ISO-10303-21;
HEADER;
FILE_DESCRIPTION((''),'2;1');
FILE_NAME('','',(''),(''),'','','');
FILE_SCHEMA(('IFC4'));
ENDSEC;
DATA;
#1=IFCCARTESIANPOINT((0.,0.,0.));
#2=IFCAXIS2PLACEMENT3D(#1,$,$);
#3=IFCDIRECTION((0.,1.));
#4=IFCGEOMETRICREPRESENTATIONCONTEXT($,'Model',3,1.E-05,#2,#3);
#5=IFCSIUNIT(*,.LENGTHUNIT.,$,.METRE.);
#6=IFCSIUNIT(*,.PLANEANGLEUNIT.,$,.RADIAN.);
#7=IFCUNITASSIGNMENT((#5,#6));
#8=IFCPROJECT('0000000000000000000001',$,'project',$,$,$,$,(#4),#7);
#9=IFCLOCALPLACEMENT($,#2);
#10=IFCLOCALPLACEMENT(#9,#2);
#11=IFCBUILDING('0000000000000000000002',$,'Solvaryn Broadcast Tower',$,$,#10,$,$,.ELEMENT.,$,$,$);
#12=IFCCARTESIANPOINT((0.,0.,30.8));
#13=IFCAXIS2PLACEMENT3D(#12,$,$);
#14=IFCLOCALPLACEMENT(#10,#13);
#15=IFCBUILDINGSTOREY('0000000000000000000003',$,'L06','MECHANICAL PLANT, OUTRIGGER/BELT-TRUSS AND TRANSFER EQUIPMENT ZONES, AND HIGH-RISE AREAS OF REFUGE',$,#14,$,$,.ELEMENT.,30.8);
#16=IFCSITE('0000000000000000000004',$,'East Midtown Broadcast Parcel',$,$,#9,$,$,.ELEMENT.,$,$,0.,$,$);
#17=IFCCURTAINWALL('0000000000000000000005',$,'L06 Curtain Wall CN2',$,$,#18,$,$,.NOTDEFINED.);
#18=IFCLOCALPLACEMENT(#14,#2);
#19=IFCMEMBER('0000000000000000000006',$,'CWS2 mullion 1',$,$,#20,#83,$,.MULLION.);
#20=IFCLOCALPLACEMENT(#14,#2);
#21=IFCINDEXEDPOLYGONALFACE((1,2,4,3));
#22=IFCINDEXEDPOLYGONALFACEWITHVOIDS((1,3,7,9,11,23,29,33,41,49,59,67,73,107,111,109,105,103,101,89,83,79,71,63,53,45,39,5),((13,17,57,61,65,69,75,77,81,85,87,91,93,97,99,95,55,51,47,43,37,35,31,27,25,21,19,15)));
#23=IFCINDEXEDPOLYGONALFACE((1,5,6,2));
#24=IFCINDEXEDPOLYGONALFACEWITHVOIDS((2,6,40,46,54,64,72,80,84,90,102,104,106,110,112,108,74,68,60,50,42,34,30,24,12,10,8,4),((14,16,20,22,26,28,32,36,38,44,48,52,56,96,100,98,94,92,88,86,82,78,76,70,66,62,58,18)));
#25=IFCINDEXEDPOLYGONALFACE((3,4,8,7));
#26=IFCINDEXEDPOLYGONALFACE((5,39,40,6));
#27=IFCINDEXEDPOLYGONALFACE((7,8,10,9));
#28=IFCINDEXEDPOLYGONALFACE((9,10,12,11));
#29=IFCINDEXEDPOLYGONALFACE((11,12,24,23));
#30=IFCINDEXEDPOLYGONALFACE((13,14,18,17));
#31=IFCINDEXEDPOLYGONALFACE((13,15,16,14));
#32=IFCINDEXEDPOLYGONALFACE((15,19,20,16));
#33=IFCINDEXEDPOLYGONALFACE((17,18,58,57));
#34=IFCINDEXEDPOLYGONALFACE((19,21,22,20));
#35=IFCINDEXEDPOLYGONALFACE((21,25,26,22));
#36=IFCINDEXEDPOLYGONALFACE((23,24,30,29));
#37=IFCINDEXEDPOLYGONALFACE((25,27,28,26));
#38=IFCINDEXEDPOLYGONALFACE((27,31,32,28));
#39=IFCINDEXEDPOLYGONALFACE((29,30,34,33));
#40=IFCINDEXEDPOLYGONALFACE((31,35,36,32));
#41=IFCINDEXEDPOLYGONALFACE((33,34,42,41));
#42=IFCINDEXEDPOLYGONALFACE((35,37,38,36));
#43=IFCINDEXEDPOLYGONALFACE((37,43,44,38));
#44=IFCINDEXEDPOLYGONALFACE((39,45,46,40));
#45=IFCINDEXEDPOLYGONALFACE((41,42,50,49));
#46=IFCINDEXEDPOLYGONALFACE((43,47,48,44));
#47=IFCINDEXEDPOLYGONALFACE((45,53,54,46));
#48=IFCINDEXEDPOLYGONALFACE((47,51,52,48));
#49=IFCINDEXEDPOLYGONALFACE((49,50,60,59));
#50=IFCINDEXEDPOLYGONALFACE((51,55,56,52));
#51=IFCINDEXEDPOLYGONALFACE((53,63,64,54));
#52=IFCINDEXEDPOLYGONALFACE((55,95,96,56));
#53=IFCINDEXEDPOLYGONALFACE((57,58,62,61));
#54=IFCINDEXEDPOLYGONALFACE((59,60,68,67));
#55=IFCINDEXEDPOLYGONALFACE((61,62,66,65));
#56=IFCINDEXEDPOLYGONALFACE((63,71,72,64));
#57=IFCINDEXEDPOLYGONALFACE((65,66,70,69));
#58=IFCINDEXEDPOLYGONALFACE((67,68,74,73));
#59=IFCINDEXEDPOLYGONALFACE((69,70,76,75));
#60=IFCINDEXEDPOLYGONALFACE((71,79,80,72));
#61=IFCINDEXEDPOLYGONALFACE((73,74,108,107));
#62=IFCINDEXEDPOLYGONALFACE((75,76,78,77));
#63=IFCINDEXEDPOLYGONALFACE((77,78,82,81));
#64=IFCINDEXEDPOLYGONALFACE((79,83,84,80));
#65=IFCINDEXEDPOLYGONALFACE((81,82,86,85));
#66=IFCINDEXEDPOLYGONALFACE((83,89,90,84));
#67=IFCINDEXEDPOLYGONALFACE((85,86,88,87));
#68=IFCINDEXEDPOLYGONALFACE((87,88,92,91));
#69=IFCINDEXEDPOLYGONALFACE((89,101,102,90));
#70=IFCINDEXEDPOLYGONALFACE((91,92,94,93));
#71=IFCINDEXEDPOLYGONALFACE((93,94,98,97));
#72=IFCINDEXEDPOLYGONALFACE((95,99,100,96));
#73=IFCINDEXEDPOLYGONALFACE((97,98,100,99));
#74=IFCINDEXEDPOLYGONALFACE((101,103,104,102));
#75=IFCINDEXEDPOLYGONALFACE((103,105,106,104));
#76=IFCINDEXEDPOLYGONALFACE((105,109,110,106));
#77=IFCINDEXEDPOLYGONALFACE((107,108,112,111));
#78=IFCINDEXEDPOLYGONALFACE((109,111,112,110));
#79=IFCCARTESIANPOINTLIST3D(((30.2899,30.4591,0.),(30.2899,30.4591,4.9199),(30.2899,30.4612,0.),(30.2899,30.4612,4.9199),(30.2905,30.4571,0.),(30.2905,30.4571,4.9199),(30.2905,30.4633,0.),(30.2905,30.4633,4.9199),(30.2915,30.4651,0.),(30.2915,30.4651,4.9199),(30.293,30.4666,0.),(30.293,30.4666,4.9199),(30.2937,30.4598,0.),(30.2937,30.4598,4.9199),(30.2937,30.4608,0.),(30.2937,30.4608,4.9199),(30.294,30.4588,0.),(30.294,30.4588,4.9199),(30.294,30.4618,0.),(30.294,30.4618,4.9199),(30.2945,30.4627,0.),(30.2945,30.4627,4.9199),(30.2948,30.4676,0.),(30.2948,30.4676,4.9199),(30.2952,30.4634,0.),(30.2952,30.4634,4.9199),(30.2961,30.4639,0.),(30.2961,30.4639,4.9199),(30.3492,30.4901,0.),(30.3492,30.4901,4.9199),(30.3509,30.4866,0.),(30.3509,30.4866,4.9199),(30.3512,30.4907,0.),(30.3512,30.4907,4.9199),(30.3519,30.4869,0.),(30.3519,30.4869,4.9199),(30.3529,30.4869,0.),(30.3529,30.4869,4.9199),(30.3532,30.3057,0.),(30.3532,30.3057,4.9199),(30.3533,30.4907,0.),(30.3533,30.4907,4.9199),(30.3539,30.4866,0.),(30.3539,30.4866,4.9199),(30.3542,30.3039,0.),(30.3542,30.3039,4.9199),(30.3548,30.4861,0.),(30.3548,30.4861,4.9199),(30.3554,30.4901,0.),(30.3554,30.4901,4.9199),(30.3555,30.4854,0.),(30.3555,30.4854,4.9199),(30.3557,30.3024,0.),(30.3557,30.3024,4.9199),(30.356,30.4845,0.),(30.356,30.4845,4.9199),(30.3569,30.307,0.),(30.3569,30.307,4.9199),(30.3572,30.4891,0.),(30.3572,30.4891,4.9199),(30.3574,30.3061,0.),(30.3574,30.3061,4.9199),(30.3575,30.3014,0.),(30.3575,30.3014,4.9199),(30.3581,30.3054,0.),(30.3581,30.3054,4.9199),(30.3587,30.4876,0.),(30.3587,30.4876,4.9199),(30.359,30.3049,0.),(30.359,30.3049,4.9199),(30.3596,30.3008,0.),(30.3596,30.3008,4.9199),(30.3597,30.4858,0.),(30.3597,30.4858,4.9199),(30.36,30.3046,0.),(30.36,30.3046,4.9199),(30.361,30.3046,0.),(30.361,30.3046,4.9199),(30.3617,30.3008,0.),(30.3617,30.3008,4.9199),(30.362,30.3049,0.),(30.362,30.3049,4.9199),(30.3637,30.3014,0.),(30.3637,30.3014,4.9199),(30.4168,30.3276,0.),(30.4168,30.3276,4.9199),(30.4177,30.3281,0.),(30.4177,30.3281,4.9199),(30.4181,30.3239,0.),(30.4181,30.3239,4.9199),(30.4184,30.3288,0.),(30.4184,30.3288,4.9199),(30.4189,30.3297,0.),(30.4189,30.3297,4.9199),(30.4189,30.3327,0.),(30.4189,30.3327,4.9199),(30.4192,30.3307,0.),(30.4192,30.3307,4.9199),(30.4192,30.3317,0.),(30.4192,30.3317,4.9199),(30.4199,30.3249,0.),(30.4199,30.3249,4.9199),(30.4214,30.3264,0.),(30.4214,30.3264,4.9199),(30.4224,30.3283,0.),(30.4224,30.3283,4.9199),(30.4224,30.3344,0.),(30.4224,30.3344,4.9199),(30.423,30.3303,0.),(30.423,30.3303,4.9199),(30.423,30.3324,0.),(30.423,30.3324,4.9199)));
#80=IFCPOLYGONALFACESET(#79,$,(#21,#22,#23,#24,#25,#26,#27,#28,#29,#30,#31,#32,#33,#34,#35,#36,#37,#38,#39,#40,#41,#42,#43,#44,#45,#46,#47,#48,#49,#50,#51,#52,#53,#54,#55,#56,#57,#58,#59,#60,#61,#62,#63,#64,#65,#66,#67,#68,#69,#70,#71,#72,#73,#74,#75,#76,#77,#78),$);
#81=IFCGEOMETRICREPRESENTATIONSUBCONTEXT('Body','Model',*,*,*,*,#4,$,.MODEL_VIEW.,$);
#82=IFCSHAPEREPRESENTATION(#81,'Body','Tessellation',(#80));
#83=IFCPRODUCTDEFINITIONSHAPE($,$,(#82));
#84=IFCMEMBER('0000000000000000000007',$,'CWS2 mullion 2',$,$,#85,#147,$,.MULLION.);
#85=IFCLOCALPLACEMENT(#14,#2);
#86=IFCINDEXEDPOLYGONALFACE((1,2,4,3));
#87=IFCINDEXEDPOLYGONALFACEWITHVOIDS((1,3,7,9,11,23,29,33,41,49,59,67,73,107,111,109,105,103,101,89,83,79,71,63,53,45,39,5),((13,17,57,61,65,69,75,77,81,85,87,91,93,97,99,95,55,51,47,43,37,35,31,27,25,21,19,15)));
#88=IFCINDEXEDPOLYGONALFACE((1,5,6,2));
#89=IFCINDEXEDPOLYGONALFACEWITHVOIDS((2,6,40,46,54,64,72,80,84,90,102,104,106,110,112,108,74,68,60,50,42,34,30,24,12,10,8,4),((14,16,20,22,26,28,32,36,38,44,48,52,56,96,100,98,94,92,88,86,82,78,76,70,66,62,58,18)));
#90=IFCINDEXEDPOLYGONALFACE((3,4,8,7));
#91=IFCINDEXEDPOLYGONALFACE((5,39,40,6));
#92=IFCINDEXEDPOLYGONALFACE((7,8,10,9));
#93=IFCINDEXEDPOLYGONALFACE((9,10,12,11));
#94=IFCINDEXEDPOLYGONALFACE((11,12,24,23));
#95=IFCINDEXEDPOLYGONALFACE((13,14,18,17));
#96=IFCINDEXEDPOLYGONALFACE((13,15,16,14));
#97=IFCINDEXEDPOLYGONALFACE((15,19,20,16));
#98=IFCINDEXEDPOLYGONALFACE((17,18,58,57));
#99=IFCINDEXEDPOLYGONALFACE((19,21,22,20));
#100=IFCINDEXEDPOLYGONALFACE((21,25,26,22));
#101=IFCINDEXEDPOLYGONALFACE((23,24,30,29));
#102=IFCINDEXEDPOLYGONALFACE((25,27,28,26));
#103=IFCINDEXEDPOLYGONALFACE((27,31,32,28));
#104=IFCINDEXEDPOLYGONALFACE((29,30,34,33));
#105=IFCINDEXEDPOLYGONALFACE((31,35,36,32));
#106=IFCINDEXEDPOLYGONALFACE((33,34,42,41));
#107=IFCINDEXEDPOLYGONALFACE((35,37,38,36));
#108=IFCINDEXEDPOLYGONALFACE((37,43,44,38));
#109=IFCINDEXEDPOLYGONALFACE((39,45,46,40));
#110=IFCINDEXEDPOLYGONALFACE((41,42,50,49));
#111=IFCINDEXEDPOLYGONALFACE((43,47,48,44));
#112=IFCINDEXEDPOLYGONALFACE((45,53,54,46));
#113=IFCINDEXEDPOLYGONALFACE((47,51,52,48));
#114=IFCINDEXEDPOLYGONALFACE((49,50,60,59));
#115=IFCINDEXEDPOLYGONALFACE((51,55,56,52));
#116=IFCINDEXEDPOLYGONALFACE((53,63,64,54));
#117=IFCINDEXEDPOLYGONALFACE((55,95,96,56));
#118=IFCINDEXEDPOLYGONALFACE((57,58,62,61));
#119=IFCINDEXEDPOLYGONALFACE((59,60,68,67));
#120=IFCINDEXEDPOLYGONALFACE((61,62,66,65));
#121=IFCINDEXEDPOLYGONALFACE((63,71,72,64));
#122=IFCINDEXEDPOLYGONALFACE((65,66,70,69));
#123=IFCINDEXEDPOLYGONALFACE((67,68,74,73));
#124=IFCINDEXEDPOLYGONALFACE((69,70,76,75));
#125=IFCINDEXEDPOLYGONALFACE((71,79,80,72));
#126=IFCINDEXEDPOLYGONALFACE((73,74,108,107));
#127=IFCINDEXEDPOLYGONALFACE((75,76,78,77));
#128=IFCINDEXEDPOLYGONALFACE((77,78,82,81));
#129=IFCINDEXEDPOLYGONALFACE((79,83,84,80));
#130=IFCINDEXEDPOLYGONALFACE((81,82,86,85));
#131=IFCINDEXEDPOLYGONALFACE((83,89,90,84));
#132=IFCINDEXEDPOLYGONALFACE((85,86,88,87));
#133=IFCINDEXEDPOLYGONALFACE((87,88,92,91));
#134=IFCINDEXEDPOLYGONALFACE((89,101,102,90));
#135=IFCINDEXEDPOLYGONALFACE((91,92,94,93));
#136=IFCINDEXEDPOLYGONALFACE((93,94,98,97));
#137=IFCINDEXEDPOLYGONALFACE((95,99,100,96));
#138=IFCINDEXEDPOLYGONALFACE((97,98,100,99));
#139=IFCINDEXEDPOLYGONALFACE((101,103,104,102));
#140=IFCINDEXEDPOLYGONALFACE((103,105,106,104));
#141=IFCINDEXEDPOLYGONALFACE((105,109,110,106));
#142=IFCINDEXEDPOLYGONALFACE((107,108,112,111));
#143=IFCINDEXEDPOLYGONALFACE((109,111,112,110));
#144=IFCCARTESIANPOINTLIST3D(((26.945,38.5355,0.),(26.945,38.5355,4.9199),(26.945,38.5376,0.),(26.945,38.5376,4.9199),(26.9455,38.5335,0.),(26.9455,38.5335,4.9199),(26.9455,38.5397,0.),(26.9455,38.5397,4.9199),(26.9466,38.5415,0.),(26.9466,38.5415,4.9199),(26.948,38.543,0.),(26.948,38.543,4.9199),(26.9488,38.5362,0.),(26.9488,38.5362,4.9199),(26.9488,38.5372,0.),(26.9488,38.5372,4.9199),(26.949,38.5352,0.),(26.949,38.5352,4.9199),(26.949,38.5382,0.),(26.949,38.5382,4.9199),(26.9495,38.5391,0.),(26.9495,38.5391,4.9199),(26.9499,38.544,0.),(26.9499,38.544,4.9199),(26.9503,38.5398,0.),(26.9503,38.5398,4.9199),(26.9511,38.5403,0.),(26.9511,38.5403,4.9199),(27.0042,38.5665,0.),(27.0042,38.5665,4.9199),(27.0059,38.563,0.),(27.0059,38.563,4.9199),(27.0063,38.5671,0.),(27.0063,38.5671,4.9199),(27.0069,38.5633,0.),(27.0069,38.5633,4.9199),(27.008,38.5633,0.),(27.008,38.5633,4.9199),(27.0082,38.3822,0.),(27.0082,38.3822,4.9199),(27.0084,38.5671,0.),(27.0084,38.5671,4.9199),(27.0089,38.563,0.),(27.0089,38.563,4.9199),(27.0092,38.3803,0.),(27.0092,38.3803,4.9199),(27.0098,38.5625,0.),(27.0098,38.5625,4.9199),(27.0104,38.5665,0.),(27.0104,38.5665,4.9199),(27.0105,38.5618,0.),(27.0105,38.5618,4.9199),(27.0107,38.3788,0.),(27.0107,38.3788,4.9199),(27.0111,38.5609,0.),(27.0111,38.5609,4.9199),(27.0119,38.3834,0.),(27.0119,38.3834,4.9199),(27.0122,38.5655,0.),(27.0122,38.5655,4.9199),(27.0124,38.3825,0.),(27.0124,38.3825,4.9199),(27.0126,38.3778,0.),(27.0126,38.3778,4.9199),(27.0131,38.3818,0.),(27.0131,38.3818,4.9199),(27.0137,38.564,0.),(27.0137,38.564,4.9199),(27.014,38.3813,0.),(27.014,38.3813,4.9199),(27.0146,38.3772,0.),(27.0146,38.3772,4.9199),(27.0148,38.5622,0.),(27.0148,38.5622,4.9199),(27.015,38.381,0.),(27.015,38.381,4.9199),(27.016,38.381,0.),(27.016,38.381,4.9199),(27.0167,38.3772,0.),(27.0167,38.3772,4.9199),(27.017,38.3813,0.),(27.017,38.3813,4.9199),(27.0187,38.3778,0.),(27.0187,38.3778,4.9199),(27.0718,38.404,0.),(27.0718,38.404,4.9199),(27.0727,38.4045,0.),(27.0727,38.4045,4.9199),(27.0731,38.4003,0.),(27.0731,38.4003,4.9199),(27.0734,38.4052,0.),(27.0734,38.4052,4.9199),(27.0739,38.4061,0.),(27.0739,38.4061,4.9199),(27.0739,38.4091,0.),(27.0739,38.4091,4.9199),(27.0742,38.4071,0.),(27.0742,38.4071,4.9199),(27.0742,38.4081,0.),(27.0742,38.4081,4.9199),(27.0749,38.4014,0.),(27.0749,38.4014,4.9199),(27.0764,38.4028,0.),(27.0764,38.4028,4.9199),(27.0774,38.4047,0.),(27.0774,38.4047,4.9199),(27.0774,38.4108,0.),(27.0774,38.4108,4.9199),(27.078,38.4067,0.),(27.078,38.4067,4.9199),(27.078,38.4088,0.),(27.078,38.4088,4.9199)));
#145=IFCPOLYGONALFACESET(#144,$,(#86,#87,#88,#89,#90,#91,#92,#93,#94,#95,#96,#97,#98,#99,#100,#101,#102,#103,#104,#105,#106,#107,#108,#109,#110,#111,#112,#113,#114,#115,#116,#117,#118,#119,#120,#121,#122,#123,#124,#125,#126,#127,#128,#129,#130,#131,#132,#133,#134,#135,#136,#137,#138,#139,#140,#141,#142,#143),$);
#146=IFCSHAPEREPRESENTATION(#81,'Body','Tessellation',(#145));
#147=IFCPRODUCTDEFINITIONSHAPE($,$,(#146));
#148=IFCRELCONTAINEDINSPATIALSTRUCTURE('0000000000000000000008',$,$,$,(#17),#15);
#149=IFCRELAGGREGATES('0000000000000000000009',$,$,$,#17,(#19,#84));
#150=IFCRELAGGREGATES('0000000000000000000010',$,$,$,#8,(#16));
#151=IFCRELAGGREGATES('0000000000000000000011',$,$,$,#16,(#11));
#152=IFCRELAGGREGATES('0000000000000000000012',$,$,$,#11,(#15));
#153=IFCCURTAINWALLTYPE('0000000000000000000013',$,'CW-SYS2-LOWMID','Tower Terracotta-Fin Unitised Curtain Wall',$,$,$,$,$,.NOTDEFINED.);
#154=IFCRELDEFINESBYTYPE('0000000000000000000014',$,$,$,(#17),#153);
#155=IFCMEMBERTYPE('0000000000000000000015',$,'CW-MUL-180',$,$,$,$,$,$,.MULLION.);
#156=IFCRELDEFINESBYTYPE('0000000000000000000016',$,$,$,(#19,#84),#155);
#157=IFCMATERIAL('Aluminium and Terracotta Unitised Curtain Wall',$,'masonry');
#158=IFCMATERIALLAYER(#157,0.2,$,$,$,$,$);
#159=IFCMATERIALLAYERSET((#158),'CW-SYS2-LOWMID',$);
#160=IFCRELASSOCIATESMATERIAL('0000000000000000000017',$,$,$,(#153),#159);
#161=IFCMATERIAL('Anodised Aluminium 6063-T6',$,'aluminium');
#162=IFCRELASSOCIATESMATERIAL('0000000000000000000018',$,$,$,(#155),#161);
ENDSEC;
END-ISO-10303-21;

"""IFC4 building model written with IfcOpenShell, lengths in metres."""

from ifc_helpers import new_model, si_unit, direction, frame, origin, origin_2d, place, context, subcontext, project, spatial, hollow_rectangle, extrude, material, layer, layer_set, material_profile, profile_set, type_object, element, aggregate, save


model = new_model("IFC4")

# Units and contexts
model_context = context("Model", 3, precision=1e-05, world=origin(), true_north=direction((0.0, 1.0)))
body_context = subcontext(model_context, "Body", "Model", "MODEL_VIEW")
ifc_project = project(units=[si_unit("LENGTHUNIT", "METRE"), si_unit("PLANEANGLEUNIT", "RADIAN")], contexts=[model_context])

# Site, building, storey
site_placement = place(None, origin())
site = spatial("IfcSite", under=ifc_project, at=site_placement, Name="East Midtown Broadcast Parcel", CompositionType="ELEMENT", RefElevation=0.0)
building_placement = place(site_placement, origin())
building = spatial("IfcBuilding", under=site, at=building_placement, Name="Solvaryn Broadcast Tower", CompositionType="ELEMENT")
storey_placement = place(building_placement, frame((0.0, 0.0, 30.8)))
storey = spatial("IfcBuildingStorey", under=building, at=storey_placement, Name="L06", Description="MECHANICAL PLANT, OUTRIGGER/BELT-TRUSS AND TRANSFER EQUIPMENT ZONES, AND HIGH-RISE AREAS OF REFUGE", CompositionType="ELEMENT", Elevation=30.8)

# Curtain wall, members
ifc_material_1 = material(Name="Aluminium and Terracotta Unitised Curtain Wall", Category="masonry")
ifc_layer_1 = layer(ifc_material_1, 0.2)
ifc_layer_set_1 = layer_set([ifc_layer_1], Name="CW-SYS2-LOWMID")
curtain_wall_type = type_object("IfcCurtainWallType", Name="CW-SYS2-LOWMID", Description="Tower Terracotta-Fin Unitised Curtain Wall", PredefinedType="NOTDEFINED", material=ifc_layer_set_1)
ifc_material_2 = material(Name="Anodised Aluminium 6063-T6", Category="aluminium")
ifc_material_profile_1 = material_profile(ifc_material_2, hollow_rectangle(XDim=0.075, YDim=0.1799, WallThickness=0.0039, InnerFilletRadius=0.0039, OuterFilletRadius=0.0081, at=origin_2d()))
ifc_profile_set_1 = profile_set([ifc_material_profile_1], Name="Anodised Aluminium 6063-T6")
member_type_1 = type_object("IfcMemberType", Name="CW-MUL-180", PredefinedType="MULLION", material=ifc_profile_set_1)
curtain_wall_1_placement = place(storey_placement, origin())
curtain_wall_1 = element("IfcCurtainWall", 1, at=curtain_wall_1_placement, inside=storey, type_object=curtain_wall_type, Name="L06 Curtain Wall CN2", PredefinedType="NOTDEFINED")
member_1_placement = place(storey_placement, frame((30.3564, 30.3958, 0.0), z_axis=(0.0, 0.0, 1.0), x_axis=(-0.923895, -0.382646, 0.0)))
member_1 = element("IfcMember", 2, at=member_1_placement, type_object=member_type_1, Name="CWS2 mullion 1", PredefinedType="MULLION", context=body_context, shape_type="SweptSolid", body=[
    extrude(hollow_rectangle(XDim=0.075, YDim=0.1799, WallThickness=0.0039, InnerFilletRadius=0.0039, OuterFilletRadius=0.0081, at=origin_2d()), origin(), (0.0, 0.0, 1.0), 4.9199),
])
member_2_placement = place(storey_placement, frame((27.0115, 38.4722, 0.0), z_axis=(0.0, 0.0, 1.0), x_axis=(-0.923895, -0.382646, 0.0)))
member_2 = element("IfcMember", 3, at=member_2_placement, type_object=member_type_1, Name="CWS2 mullion 2", PredefinedType="MULLION", context=body_context, shape_type="SweptSolid", body=[
    extrude(hollow_rectangle(XDim=0.075, YDim=0.1799, WallThickness=0.0039, InnerFilletRadius=0.0039, OuterFilletRadius=0.0081, at=origin_2d()), origin(), (0.0, 0.0, 1.0), 4.9199),
])

aggregate(curtain_wall_1, [member_1, member_2])

save(model, "model.ifc")
